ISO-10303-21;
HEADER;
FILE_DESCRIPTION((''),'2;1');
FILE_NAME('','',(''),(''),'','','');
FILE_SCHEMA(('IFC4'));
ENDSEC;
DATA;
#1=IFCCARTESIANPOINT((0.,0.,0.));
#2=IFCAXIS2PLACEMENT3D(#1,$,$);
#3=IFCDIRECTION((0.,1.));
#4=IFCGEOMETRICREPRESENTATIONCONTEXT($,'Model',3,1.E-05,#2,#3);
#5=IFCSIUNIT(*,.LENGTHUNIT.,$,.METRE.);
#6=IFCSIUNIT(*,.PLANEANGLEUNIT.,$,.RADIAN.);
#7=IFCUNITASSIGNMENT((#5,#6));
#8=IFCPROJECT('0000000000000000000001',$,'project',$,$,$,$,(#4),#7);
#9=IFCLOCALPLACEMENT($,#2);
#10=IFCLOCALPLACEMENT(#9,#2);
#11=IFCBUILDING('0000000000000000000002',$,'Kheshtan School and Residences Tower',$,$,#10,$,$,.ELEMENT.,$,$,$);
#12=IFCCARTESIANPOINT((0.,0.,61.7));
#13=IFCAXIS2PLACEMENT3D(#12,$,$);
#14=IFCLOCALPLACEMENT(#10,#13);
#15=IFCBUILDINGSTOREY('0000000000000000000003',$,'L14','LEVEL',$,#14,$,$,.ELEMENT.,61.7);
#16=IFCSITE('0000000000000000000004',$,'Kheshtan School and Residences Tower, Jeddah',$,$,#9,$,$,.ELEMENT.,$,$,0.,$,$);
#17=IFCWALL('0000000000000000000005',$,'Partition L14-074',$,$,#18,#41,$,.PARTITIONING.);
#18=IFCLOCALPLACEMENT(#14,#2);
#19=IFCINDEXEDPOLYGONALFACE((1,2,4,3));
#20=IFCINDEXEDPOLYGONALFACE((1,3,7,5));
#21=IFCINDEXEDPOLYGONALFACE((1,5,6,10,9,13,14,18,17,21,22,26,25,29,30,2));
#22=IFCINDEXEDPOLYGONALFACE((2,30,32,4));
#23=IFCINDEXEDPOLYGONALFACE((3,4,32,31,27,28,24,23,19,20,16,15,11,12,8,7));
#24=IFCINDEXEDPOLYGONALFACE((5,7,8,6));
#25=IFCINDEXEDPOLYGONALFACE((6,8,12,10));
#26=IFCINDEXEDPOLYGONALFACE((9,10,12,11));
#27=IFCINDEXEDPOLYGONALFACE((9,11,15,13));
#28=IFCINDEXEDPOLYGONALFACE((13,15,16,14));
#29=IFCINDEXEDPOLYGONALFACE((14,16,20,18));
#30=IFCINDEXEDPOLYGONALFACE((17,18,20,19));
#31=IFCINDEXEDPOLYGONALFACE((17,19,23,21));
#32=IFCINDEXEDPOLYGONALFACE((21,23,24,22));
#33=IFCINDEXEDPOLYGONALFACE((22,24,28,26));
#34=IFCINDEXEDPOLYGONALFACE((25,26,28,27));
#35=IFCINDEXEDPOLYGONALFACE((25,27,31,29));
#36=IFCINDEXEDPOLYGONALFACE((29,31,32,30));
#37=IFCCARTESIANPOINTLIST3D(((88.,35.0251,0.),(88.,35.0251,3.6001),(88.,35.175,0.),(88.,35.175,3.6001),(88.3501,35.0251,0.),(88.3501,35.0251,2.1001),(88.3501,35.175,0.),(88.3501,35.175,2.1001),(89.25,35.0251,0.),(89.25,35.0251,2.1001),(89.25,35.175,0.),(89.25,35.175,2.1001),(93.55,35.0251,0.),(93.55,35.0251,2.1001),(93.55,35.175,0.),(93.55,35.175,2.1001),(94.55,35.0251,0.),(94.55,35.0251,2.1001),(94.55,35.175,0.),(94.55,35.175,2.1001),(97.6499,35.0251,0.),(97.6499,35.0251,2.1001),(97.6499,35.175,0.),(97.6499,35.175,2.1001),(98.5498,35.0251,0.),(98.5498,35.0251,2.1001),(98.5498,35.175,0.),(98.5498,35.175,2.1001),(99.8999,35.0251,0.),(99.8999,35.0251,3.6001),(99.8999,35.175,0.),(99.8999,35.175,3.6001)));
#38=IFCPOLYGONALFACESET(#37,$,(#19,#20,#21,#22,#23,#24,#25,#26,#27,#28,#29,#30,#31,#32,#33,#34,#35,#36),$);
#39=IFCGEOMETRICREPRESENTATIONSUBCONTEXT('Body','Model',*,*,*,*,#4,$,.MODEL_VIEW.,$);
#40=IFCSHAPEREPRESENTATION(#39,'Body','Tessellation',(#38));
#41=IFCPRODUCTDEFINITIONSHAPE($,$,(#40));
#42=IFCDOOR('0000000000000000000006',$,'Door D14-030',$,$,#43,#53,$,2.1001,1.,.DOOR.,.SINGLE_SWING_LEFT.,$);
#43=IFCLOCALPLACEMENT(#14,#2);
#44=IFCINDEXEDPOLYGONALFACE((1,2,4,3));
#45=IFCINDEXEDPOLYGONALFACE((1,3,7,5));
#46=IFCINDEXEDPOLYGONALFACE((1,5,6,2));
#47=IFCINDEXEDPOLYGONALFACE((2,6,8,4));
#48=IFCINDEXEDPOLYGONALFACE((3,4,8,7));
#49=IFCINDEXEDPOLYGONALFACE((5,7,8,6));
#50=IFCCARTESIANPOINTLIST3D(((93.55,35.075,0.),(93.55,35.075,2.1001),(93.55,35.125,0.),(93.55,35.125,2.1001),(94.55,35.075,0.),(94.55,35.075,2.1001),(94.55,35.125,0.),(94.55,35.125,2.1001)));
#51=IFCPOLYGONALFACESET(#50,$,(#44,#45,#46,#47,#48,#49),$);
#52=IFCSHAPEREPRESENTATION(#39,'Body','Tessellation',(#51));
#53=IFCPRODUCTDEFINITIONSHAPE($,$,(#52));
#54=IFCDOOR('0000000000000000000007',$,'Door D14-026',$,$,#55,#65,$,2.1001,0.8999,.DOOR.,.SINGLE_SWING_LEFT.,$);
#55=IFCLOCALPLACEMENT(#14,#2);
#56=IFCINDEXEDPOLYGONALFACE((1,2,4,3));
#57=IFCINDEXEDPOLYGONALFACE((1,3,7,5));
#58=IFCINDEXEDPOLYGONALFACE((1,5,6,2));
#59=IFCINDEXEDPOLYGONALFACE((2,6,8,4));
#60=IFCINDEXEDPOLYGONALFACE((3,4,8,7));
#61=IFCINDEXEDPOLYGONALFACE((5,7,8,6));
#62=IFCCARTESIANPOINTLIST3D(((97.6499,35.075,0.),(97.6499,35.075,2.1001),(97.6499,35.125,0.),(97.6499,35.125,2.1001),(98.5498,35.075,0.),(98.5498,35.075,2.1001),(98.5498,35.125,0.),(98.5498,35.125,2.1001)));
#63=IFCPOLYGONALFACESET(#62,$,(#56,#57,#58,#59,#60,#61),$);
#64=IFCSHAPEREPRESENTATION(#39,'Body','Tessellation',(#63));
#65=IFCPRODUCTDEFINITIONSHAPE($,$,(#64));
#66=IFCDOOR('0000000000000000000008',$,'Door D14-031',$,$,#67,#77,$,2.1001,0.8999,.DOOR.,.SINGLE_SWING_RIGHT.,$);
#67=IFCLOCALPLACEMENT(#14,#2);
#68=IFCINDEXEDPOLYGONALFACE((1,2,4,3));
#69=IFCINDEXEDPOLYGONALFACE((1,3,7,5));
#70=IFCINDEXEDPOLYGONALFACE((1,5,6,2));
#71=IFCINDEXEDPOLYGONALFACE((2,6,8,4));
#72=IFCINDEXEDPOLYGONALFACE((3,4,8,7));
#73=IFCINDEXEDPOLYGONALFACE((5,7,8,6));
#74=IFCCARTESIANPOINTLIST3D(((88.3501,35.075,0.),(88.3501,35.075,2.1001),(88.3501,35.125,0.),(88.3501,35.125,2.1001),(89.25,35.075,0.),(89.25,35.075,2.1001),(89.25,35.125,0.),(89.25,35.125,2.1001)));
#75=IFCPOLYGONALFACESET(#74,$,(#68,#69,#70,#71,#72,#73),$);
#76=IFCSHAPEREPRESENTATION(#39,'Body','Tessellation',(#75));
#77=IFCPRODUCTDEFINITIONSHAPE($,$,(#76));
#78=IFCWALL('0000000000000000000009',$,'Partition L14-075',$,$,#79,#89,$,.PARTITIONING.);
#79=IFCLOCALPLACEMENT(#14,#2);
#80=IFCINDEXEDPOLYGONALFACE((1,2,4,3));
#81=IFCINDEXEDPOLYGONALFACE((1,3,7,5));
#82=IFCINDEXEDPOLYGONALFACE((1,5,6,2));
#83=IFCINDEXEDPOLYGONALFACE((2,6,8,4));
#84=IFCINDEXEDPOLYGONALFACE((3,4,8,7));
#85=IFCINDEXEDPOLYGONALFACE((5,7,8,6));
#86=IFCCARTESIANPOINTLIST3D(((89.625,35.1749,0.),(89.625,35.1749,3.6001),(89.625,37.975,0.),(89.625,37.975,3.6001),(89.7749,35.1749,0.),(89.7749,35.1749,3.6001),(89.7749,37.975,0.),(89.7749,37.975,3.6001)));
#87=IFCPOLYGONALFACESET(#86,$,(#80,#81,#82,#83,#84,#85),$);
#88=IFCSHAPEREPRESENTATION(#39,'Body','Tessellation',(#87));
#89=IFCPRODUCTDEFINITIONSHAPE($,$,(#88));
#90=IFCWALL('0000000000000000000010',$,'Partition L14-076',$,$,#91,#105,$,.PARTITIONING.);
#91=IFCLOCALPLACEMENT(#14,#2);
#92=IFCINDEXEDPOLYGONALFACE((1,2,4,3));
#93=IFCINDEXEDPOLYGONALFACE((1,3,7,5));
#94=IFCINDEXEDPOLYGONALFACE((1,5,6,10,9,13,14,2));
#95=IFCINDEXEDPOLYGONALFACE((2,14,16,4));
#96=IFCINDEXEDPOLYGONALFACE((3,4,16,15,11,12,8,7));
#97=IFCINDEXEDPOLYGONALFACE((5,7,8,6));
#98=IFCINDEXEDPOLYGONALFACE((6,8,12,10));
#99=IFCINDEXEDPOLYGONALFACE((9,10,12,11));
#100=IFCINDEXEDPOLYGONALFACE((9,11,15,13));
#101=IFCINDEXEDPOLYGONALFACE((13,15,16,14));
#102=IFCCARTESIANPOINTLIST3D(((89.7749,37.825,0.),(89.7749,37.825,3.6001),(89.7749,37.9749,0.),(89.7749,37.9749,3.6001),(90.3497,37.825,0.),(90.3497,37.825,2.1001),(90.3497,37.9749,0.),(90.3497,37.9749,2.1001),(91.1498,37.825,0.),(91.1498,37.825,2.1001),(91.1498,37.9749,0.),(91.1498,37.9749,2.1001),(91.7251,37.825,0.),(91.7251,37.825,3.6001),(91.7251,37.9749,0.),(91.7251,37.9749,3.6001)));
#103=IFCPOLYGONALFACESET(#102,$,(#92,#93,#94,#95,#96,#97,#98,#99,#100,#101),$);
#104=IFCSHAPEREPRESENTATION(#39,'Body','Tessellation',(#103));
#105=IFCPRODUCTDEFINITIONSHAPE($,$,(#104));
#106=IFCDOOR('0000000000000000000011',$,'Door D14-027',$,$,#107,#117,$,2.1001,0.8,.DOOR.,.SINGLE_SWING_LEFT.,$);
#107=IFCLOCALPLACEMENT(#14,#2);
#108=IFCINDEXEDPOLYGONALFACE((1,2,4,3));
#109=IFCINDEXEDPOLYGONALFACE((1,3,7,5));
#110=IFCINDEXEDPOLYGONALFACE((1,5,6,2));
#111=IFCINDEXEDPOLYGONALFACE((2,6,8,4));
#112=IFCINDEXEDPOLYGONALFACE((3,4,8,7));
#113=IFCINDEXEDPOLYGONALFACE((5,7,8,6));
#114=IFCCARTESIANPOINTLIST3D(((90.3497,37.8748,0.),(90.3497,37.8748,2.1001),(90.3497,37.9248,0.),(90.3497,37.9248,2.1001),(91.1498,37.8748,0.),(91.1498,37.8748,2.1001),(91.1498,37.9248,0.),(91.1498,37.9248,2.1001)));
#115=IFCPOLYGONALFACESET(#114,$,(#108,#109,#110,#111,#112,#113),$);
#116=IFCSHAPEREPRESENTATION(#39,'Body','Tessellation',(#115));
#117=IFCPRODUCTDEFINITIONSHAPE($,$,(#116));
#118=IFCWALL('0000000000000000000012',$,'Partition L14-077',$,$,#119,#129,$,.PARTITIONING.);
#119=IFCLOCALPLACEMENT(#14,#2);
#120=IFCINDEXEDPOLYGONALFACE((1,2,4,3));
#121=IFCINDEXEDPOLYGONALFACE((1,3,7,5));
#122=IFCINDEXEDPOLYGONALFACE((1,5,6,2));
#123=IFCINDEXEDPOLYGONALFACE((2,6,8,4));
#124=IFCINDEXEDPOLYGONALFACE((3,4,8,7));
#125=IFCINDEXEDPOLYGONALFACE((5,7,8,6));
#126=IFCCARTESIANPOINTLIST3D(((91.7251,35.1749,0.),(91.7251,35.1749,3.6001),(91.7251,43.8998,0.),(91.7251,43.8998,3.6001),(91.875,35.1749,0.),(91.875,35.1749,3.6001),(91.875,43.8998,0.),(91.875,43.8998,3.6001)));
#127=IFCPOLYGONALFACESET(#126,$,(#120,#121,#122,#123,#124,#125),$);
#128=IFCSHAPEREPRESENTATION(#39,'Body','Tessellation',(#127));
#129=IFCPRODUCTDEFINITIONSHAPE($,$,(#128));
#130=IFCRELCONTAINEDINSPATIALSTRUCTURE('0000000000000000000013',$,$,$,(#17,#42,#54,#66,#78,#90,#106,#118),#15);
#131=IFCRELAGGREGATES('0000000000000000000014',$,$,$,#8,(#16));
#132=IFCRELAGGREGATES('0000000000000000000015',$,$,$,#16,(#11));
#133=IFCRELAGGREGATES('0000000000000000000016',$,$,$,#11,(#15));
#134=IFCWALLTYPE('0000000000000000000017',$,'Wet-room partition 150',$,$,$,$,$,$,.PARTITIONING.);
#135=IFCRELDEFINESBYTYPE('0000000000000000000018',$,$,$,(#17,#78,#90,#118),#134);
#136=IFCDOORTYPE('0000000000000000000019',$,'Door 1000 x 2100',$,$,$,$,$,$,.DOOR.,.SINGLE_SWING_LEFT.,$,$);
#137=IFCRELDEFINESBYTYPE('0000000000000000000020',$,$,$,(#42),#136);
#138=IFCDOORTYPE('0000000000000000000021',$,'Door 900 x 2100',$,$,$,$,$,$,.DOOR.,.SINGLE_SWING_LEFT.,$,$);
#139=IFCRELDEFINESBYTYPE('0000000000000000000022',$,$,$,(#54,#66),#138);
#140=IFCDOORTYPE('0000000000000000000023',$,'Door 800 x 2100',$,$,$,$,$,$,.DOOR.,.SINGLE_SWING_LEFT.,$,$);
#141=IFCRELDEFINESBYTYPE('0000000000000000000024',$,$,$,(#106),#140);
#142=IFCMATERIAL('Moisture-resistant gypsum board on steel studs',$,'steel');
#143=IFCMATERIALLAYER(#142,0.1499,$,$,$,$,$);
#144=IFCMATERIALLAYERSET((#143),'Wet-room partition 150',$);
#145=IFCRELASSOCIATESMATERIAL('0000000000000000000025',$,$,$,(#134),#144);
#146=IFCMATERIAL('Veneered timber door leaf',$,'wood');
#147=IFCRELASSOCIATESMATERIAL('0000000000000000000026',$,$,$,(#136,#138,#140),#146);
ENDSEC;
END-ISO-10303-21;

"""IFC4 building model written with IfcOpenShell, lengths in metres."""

from ifc_helpers import new_model, si_unit, direction, frame, frame_2d, origin, place, context, subcontext, project, spatial, rectangle, extrude, source, transform, mapped, material, layer, layer_set, type_object, element, fill, save


model = new_model("IFC4")

# Units and contexts
model_context = context("Model", 3, precision=1e-05, world=origin(), true_north=direction((0.0, 1.0)))
body_context = subcontext(model_context, "Body", "Model", "MODEL_VIEW")
ifc_project = project(units=[si_unit("LENGTHUNIT", "METRE"), si_unit("PLANEANGLEUNIT", "RADIAN")], contexts=[model_context])

# Site, building, storey
site_placement = place(None, origin())
site = spatial("IfcSite", under=ifc_project, at=site_placement, Name="Kheshtan School and Residences Tower, Jeddah", CompositionType="ELEMENT", RefElevation=0.0)
building_placement = place(site_placement, origin())
building = spatial("IfcBuilding", under=site, at=building_placement, Name="Kheshtan School and Residences Tower", CompositionType="ELEMENT")
storey_placement = place(building_placement, frame((0.0, 0.0, 61.7)))
storey = spatial("IfcBuildingStorey", under=building, at=storey_placement, Name="L14", Description="LEVEL", CompositionType="ELEMENT", Elevation=61.7)

# Wall, openings, doors
ifc_material_1 = material(Name="Moisture-resistant gypsum board on steel studs", Category="steel")
ifc_layer_1 = layer(ifc_material_1, 0.1499)
ifc_layer_set_1 = layer_set([ifc_layer_1], Name="Wet-room partition 150")
wall_type_1 = type_object("IfcWallType", Name="Wet-room partition 150", PredefinedType="PARTITIONING", material=ifc_layer_set_1)
wall_1_placement = place(storey_placement, frame((88.0, 35.1001, 0.0), z_axis=(0.0, 0.0, 1.0), x_axis=(1.0, 0.0, 0.0)))
wall_1 = element("IfcWall", 1, at=wall_1_placement, inside=storey, type_object=wall_type_1, Name="Partition L14-074", PredefinedType="PARTITIONING", context=body_context, shape_type="SweptSolid", body=[
    extrude(rectangle(XDim=11.8999, YDim=0.1499, at=frame_2d((5.95, 0.0))), origin(), (0.0, 0.0, 1.0), 3.6001),
])
opening_1_placement = place(wall_1_placement, frame((9.6499, 0.0, 0.0)))
opening_1 = element("IfcOpeningElement", 2, at=opening_1_placement, cuts=wall_1, PredefinedType="OPENING", context=body_context, shape_type="SweptSolid", body=[
    extrude(rectangle(XDim=0.8999, YDim=2.1001, at=frame_2d((0.45, 1.05))), frame((0.0, 0.085, 0.0), z_axis=(0.0, -1.0, 0.0), x_axis=(1.0, 0.0, 0.0)), (0.0, 0.0, 1.0), 0.1699),
])
opening_2_placement = place(wall_1_placement, frame((5.55, 0.0, 0.0)))
opening_2 = element("IfcOpeningElement", 3, at=opening_2_placement, cuts=wall_1, PredefinedType="OPENING", context=body_context, shape_type="SweptSolid", body=[
    extrude(rectangle(XDim=1.0, YDim=2.1001, at=frame_2d((0.5, 1.05))), frame((0.0, 0.085, 0.0), z_axis=(0.0, -1.0, 0.0), x_axis=(1.0, 0.0, 0.0)), (0.0, 0.0, 1.0), 0.1699),
])
opening_3_placement = place(wall_1_placement, frame((0.3501, 0.0, 0.0)))
opening_3 = element("IfcOpeningElement", 4, at=opening_3_placement, cuts=wall_1, PredefinedType="OPENING", context=body_context, shape_type="SweptSolid", body=[
    extrude(rectangle(XDim=0.8999, YDim=2.1001, at=frame_2d((0.45, 1.05))), frame((0.0, 0.085, 0.0), z_axis=(0.0, -1.0, 0.0), x_axis=(1.0, 0.0, 0.0)), (0.0, 0.0, 1.0), 0.1699),
])
ifc_material_2 = material(Name="Veneered timber door leaf", Category="wood")
door_type_1 = type_object("IfcDoorType", Name="Door 1000 x 2100", OperationType="SINGLE_SWING_LEFT", PredefinedType="DOOR", material=ifc_material_2)
shared_shape_1 = source(origin(), body_context, "Body", "SweptSolid", [
    extrude(rectangle(XDim=1.0, YDim=2.1001, at=frame_2d((0.5, 1.05))), frame((0.0, 0.0249, 0.0), z_axis=(0.0, -1.0, 0.0), x_axis=(1.0, 0.0, 0.0)), (0.0, 0.0, 1.0), 0.05),
])
door_1_placement = place(opening_2_placement, origin())
door_1 = element("IfcDoor", 5, at=door_1_placement, inside=storey, type_object=door_type_1, Name="Door D14-030", OperationType="SINGLE_SWING_LEFT", OverallHeight=2.1001, OverallWidth=1.0, PredefinedType="DOOR", context=body_context, shape_type="MappedRepresentation", body=[
    mapped(shared_shape_1, transform((0.0, 0.0, 0.0), x_axis=(1.0, 0.0, 0.0), y_axis=(0.0, 1.0, 0.0), z_axis=(0.0, 0.0, 1.0), scale=1.0)),
])
fill(opening_2, door_1)
door_type_2 = type_object("IfcDoorType", Name="Door 900 x 2100", OperationType="SINGLE_SWING_LEFT", PredefinedType="DOOR", material=ifc_material_2)
shared_shape_2 = source(origin(), body_context, "Body", "SweptSolid", [
    extrude(rectangle(XDim=0.8999, YDim=2.1001, at=frame_2d((0.45, 1.05))), frame((0.0, 0.0249, 0.0), z_axis=(0.0, -1.0, 0.0), x_axis=(1.0, 0.0, 0.0)), (0.0, 0.0, 1.0), 0.05),
])
door_2_placement = place(opening_1_placement, origin())
door_2 = element("IfcDoor", 6, at=door_2_placement, inside=storey, type_object=door_type_2, Name="Door D14-026", OperationType="SINGLE_SWING_LEFT", OverallHeight=2.1001, OverallWidth=0.8999, PredefinedType="DOOR", context=body_context, shape_type="MappedRepresentation", body=[
    mapped(shared_shape_2, transform((0.0, 0.0, 0.0), x_axis=(1.0, 0.0, 0.0), y_axis=(0.0, 1.0, 0.0), z_axis=(0.0, 0.0, 1.0), scale=1.0)),
])
fill(opening_1, door_2)
door_3_placement = place(opening_3_placement, origin())
door_3 = element("IfcDoor", 7, at=door_3_placement, inside=storey, type_object=door_type_2, Name="Door D14-031", OperationType="SINGLE_SWING_RIGHT", OverallHeight=2.1001, OverallWidth=0.8999, PredefinedType="DOOR", context=body_context, shape_type="MappedRepresentation", body=[
    mapped(shared_shape_2, transform((0.0, 0.0, 0.0), x_axis=(1.0, 0.0, 0.0), y_axis=(0.0, 1.0, 0.0), z_axis=(0.0, 0.0, 1.0), scale=1.0)),
])
fill(opening_3, door_3)

# Wall
wall_2_placement = place(storey_placement, frame((89.7, 35.175, 0.0), z_axis=(0.0, 0.0, 1.0), x_axis=(0.0, 1.0, 0.0)))
element("IfcWall", 8, at=wall_2_placement, inside=storey, type_object=wall_type_1, Name="Partition L14-075", PredefinedType="PARTITIONING", context=body_context, shape_type="SweptSolid", body=[
    extrude(rectangle(XDim=2.8, YDim=0.1499, at=frame_2d((1.3999, 0.0))), origin(), (0.0, 0.0, 1.0), 3.6001),
])

# Wall, opening, door
wall_3_placement = place(storey_placement, frame((89.7749, 37.8999, 0.0), z_axis=(0.0, 0.0, 1.0), x_axis=(1.0, 0.0, 0.0)))
wall_3 = element("IfcWall", 9, at=wall_3_placement, inside=storey, type_object=wall_type_1, Name="Partition L14-076", PredefinedType="PARTITIONING", context=body_context, shape_type="SweptSolid", body=[
    extrude(rectangle(XDim=1.9502, YDim=0.1499, at=frame_2d((0.9751, 0.0))), origin(), (0.0, 0.0, 1.0), 3.6001),
])
opening_4_placement = place(wall_3_placement, frame((0.575, 0.0, 0.0)))
opening_4 = element("IfcOpeningElement", 10, at=opening_4_placement, cuts=wall_3, PredefinedType="OPENING", context=body_context, shape_type="SweptSolid", body=[
    extrude(rectangle(XDim=0.8, YDim=2.1001, at=frame_2d((0.3999, 1.05))), frame((0.0, 0.085, 0.0), z_axis=(0.0, -1.0, 0.0), x_axis=(1.0, 0.0, 0.0)), (0.0, 0.0, 1.0), 0.1699),
])
door_type_3 = type_object("IfcDoorType", Name="Door 800 x 2100", OperationType="SINGLE_SWING_LEFT", PredefinedType="DOOR", material=ifc_material_2)
shared_shape_3 = source(origin(), body_context, "Body", "SweptSolid", [
    extrude(rectangle(XDim=0.8, YDim=2.1001, at=frame_2d((0.3999, 1.05))), frame((0.0, 0.0249, 0.0), z_axis=(0.0, -1.0, 0.0), x_axis=(1.0, 0.0, 0.0)), (0.0, 0.0, 1.0), 0.05),
])
door_4_placement = place(opening_4_placement, origin())
door_4 = element("IfcDoor", 11, at=door_4_placement, inside=storey, type_object=door_type_3, Name="Door D14-027", OperationType="SINGLE_SWING_LEFT", OverallHeight=2.1001, OverallWidth=0.8, PredefinedType="DOOR", context=body_context, shape_type="MappedRepresentation", body=[
    mapped(shared_shape_3, transform((0.0, 0.0, 0.0), x_axis=(1.0, 0.0, 0.0), y_axis=(0.0, 1.0, 0.0), z_axis=(0.0, 0.0, 1.0), scale=1.0)),
])
fill(opening_4, door_4)

# Wall
wall_4_placement = place(storey_placement, frame((91.8, 35.175, 0.0), z_axis=(0.0, 0.0, 1.0), x_axis=(0.0, 1.0, 0.0)))
element("IfcWall", 12, at=wall_4_placement, inside=storey, type_object=wall_type_1, Name="Partition L14-077", PredefinedType="PARTITIONING", context=body_context, shape_type="SweptSolid", body=[
    extrude(rectangle(XDim=8.7249, YDim=0.1499, at=frame_2d((4.3623, 0.0))), origin(), (0.0, 0.0, 1.0), 3.6001),
])

save(model, "model.ifc")
